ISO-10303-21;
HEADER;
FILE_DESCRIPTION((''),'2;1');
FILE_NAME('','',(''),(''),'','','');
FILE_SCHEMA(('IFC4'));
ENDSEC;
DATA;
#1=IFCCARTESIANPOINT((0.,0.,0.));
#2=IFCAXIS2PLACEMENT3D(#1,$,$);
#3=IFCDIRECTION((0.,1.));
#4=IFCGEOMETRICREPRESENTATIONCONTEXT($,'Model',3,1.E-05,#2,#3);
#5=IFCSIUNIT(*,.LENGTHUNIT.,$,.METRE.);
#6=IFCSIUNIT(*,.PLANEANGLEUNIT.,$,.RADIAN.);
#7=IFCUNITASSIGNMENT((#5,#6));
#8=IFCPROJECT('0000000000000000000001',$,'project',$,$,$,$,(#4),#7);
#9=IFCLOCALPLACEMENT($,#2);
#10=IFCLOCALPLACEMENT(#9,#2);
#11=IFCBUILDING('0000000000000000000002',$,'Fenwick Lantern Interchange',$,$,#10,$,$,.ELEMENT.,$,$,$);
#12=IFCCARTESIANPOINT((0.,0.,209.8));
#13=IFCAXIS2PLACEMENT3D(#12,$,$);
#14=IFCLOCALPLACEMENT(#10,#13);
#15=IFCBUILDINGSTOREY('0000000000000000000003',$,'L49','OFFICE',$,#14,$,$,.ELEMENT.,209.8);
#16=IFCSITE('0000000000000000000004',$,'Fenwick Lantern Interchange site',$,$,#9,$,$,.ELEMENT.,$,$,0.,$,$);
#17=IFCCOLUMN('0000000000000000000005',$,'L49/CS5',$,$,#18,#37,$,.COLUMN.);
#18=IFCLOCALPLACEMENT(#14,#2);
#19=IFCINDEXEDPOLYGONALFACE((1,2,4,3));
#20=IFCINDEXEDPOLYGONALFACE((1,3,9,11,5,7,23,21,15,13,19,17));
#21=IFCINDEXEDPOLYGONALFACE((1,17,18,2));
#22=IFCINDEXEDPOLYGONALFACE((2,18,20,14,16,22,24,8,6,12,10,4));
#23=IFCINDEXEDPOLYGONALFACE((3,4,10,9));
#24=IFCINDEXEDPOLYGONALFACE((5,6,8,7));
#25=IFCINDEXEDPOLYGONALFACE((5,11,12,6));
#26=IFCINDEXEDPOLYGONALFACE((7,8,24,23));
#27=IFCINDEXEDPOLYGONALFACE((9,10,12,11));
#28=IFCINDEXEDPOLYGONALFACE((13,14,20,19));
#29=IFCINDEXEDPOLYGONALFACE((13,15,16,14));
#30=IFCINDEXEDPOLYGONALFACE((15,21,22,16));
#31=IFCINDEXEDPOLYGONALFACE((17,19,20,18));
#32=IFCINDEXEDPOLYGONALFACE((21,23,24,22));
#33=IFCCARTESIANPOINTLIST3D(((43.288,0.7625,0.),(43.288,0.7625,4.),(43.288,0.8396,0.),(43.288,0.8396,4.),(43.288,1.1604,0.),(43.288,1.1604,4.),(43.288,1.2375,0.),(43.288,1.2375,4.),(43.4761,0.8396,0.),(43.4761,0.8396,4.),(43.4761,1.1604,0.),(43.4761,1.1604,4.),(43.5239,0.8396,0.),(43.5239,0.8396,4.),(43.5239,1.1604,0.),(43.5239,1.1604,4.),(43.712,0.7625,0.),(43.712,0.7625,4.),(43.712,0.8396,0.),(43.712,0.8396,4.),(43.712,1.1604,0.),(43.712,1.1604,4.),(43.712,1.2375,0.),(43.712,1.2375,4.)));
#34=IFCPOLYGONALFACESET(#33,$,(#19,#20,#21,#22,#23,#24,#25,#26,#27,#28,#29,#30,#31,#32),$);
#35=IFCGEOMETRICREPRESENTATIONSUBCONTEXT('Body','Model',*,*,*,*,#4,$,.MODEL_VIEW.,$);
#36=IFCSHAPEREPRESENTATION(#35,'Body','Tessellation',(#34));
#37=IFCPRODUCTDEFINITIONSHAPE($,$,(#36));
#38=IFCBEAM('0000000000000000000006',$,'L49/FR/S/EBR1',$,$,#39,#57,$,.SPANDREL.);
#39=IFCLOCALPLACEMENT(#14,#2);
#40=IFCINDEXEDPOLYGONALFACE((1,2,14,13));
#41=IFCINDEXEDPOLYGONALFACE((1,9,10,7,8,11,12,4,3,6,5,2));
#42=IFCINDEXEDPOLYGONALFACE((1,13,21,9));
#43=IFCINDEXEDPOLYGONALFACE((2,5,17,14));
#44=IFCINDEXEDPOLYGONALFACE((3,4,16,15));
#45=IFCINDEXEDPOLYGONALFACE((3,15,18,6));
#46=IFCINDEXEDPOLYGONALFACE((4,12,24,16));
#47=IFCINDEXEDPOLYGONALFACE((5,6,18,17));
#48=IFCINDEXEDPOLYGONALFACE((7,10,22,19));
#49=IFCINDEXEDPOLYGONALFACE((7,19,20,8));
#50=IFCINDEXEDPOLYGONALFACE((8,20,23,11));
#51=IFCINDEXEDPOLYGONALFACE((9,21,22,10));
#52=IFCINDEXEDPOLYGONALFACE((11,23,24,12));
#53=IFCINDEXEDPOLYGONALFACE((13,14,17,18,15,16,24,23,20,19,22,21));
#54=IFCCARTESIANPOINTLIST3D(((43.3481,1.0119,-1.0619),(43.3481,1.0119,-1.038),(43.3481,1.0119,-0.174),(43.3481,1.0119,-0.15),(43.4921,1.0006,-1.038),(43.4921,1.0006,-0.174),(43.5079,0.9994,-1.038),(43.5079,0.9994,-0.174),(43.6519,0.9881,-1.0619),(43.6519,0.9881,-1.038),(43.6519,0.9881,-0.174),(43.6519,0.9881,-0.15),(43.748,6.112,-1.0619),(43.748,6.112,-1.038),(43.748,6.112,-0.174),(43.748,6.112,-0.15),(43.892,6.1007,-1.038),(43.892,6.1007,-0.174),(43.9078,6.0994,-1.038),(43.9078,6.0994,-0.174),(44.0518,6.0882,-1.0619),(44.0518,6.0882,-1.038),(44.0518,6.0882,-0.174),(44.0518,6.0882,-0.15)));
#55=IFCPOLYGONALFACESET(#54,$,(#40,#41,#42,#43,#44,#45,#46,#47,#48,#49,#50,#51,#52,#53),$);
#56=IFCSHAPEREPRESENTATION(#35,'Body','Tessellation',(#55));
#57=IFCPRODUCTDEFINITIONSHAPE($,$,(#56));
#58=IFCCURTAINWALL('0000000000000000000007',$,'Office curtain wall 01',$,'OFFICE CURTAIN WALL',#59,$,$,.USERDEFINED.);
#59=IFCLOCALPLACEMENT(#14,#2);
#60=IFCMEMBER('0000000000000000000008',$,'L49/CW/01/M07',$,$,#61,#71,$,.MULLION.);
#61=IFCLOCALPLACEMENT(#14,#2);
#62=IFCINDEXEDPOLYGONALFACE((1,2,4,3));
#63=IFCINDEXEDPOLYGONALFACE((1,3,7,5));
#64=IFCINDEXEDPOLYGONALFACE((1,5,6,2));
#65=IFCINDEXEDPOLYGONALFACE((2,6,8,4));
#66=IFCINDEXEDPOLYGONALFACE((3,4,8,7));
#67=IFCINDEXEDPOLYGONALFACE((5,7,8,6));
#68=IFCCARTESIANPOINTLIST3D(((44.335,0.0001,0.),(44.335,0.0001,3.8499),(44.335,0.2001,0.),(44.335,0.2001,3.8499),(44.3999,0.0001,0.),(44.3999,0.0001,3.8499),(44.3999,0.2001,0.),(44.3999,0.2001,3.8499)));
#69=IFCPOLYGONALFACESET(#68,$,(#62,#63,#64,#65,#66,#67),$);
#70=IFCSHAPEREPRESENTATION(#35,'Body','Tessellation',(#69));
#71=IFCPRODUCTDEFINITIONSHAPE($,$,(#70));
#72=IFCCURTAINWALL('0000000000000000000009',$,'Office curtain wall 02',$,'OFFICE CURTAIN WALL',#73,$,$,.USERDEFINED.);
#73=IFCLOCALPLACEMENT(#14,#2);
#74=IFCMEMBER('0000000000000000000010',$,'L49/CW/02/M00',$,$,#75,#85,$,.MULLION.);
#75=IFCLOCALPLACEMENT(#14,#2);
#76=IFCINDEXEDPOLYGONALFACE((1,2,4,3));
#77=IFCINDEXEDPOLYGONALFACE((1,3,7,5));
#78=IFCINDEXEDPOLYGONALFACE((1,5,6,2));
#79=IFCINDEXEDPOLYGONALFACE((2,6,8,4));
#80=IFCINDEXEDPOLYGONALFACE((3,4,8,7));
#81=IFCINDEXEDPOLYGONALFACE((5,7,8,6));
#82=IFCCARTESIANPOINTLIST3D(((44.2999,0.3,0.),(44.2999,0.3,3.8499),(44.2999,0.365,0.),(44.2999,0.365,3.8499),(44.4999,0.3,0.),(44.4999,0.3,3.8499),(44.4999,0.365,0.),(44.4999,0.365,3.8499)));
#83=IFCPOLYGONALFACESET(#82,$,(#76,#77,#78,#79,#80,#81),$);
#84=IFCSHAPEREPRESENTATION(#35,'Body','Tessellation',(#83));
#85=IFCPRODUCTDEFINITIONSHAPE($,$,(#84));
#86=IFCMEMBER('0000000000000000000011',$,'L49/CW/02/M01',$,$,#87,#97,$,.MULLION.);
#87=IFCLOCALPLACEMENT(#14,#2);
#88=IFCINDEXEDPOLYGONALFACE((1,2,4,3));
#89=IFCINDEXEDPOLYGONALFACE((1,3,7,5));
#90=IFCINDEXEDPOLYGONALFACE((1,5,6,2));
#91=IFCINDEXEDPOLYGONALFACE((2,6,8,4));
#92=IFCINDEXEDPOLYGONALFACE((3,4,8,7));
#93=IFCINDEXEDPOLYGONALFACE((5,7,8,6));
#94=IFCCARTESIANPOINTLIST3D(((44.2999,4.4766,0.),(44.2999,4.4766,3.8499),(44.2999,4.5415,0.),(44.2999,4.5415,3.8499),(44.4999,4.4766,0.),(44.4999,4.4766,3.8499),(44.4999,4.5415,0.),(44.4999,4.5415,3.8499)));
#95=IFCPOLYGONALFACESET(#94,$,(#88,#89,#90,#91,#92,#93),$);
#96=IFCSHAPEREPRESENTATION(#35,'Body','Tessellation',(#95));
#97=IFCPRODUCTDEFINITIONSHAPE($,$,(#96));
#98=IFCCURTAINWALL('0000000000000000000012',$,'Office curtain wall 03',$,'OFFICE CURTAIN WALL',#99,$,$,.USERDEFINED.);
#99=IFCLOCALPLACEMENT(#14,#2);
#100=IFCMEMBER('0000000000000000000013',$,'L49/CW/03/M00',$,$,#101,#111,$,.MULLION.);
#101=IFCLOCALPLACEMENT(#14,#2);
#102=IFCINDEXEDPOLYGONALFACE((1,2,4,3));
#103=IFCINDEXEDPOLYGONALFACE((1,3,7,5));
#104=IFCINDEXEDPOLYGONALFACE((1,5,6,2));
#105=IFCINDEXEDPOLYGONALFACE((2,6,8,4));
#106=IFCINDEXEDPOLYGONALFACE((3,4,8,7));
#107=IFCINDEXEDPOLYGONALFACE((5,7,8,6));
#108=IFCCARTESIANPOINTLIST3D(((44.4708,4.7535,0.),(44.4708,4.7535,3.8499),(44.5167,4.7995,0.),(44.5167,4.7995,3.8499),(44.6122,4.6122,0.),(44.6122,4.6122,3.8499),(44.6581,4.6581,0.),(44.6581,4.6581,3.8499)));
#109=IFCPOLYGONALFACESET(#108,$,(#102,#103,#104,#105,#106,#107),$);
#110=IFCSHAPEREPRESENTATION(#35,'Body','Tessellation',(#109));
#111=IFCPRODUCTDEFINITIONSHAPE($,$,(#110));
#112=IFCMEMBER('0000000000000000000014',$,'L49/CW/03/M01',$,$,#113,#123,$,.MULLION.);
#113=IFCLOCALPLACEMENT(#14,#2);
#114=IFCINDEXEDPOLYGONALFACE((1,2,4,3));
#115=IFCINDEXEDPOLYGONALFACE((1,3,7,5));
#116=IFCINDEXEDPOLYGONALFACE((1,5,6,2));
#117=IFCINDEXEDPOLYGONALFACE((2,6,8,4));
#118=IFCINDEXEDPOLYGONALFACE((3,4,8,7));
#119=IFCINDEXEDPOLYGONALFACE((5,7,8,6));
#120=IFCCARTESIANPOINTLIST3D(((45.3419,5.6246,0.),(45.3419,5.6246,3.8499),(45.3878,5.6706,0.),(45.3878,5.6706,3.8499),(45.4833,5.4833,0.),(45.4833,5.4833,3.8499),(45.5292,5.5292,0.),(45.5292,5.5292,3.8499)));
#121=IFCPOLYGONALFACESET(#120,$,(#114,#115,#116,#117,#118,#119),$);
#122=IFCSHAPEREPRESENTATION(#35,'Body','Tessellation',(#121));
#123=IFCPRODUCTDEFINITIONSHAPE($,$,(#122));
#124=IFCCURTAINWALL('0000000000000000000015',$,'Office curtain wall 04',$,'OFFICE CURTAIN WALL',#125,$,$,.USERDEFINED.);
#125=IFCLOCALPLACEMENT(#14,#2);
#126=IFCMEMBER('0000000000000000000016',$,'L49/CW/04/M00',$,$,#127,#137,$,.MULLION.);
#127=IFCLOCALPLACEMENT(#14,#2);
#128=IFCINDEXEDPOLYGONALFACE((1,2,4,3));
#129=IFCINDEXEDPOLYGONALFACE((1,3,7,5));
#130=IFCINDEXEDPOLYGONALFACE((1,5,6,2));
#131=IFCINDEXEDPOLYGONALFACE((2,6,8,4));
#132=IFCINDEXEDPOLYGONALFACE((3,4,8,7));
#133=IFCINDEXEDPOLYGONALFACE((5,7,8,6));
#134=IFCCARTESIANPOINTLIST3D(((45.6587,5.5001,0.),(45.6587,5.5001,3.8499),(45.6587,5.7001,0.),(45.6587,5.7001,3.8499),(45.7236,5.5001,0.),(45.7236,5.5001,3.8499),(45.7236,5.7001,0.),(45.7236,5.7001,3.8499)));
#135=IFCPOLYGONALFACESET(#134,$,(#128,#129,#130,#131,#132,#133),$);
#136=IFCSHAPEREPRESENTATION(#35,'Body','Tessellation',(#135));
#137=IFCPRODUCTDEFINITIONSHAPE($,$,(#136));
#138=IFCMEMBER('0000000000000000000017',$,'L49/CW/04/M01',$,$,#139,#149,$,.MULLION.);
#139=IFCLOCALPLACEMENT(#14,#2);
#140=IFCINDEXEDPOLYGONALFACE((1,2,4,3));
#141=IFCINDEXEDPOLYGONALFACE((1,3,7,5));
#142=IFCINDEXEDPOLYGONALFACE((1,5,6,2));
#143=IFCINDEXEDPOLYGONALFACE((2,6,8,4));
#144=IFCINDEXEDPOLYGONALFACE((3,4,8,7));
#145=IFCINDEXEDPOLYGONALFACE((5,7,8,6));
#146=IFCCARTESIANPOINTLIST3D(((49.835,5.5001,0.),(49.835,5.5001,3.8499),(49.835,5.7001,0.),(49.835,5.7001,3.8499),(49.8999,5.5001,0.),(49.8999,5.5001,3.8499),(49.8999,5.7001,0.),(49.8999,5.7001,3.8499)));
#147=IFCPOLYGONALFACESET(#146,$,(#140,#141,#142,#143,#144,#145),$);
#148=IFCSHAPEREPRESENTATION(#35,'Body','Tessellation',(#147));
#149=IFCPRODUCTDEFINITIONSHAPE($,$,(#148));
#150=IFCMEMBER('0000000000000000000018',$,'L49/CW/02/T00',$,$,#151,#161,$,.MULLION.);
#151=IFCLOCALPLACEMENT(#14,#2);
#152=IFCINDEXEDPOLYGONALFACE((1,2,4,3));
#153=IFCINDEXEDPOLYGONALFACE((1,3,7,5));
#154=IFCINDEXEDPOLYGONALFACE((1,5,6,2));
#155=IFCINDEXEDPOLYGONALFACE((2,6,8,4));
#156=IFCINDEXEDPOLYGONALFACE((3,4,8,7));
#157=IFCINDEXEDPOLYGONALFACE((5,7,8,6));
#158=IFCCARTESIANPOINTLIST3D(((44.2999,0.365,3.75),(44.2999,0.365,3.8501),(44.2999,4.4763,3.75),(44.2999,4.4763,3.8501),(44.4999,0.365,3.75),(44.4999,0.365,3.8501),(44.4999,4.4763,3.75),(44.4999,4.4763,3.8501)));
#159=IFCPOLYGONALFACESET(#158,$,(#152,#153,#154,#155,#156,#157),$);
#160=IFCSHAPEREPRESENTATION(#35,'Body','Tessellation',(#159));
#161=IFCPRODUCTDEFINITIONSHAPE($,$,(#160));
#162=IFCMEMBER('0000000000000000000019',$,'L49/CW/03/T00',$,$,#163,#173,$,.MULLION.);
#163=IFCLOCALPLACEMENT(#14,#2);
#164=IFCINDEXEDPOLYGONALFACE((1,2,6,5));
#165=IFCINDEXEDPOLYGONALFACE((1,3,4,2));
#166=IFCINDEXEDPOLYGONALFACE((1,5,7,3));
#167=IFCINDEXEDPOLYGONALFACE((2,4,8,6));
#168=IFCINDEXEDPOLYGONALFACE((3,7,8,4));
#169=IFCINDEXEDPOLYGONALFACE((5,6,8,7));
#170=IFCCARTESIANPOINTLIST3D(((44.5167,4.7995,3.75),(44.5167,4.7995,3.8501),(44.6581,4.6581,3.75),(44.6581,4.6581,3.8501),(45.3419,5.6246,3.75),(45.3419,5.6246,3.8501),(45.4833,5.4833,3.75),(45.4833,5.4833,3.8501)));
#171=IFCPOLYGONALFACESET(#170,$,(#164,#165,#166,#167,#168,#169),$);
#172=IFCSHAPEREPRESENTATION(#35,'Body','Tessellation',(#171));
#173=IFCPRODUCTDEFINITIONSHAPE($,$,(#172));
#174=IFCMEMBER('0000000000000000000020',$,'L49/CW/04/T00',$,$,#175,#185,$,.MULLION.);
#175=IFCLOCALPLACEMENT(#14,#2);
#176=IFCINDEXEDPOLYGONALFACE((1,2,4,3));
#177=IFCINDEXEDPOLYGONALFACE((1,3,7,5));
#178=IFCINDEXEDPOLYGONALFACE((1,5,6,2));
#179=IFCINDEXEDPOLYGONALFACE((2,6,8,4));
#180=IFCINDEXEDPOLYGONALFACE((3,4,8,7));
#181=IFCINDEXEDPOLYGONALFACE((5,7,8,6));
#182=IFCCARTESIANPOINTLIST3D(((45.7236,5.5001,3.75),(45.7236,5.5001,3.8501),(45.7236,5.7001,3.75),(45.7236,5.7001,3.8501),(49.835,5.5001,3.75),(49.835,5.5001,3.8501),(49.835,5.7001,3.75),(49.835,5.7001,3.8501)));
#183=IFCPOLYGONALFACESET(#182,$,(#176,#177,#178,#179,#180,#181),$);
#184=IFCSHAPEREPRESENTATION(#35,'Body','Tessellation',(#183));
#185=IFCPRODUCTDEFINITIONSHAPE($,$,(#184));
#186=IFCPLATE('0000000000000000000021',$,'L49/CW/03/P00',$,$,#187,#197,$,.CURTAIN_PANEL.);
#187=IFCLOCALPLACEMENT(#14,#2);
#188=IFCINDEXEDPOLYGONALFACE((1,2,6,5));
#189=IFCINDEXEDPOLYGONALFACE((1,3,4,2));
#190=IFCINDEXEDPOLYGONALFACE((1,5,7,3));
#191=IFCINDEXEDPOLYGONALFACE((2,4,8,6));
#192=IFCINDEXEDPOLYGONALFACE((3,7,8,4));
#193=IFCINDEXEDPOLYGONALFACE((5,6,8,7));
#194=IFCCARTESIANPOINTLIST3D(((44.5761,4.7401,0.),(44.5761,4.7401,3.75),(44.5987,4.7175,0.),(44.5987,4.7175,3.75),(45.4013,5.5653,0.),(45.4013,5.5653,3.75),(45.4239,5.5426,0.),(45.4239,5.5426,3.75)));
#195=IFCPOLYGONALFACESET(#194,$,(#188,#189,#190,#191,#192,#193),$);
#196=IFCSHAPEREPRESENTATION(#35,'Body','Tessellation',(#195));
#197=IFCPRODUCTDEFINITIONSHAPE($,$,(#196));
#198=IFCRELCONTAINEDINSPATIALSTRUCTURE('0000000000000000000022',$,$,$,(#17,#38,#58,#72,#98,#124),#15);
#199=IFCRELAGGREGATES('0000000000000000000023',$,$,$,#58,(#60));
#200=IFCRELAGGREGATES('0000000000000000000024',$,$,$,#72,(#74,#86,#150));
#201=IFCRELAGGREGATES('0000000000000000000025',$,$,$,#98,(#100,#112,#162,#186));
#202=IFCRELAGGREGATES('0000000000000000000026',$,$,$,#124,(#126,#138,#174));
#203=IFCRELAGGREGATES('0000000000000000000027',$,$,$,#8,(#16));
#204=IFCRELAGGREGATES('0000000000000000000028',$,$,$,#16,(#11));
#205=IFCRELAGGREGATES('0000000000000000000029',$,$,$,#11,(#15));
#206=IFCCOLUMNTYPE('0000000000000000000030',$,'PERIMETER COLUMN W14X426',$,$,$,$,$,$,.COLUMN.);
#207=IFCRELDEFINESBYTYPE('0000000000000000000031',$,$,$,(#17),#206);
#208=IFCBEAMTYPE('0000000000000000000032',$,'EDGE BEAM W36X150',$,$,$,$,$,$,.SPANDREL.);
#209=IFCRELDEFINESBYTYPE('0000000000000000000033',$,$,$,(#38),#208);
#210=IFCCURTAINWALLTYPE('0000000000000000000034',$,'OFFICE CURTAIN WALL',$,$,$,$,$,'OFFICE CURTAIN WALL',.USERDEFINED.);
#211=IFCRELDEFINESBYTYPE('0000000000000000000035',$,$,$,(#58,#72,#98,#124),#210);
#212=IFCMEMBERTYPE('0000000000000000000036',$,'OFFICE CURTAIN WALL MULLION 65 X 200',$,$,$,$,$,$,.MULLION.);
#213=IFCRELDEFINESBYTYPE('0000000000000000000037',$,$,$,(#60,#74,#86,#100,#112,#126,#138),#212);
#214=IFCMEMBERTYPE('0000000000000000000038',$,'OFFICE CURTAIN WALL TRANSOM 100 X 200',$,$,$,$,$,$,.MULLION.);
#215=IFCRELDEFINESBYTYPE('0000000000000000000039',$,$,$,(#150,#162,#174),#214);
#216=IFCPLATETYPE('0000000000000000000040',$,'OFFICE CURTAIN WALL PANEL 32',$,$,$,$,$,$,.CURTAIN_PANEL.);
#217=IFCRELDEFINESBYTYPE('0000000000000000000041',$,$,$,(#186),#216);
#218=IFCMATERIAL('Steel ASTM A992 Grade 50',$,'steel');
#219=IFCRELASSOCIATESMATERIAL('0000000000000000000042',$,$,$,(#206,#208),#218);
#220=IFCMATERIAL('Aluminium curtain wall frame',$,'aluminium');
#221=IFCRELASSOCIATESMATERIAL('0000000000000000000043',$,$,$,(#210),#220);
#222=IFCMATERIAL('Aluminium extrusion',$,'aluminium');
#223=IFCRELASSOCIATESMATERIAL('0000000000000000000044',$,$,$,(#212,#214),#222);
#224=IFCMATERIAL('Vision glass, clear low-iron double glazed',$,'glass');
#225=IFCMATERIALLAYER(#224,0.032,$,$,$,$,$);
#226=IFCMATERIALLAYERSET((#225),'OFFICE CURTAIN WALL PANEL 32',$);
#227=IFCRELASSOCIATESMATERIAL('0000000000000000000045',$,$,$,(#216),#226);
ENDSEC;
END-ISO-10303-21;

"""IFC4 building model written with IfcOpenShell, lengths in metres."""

from ifc_helpers import new_model, si_unit, direction, frame, origin, origin_2d, place, context, subcontext, project, spatial, rectangle, i_section, extrude, material, layer, layer_set, material_profile, profile_set, type_object, element, aggregate, save


model = new_model("IFC4")

# Units and contexts
model_context = context("Model", 3, precision=1e-05, world=origin(), true_north=direction((0.0, 1.0)))
body_context = subcontext(model_context, "Body", "Model", "MODEL_VIEW")
ifc_project = project(units=[si_unit("LENGTHUNIT", "METRE"), si_unit("PLANEANGLEUNIT", "RADIAN")], contexts=[model_context])

# Site, building, storey
site_placement = place(None, origin())
site = spatial("IfcSite", under=ifc_project, at=site_placement, Name="Fenwick Lantern Interchange site", CompositionType="ELEMENT", RefElevation=0.0)
building_placement = place(site_placement, origin())
building = spatial("IfcBuilding", under=site, at=building_placement, Name="Fenwick Lantern Interchange", CompositionType="ELEMENT")
storey_placement = place(building_placement, frame((0.0, 0.0, 209.8)))
storey = spatial("IfcBuildingStorey", under=building, at=storey_placement, Name="L49", Description="OFFICE", CompositionType="ELEMENT", Elevation=209.8)

# Column
ifc_material_1 = material(Name="Steel ASTM A992 Grade 50", Category="steel")
ifc_material_profile_1 = material_profile(ifc_material_1, i_section(OverallWidth=0.4241, OverallDepth=0.4751, WebThickness=0.0479, FlangeThickness=0.0771, at=origin_2d()), Name="W14X426")
ifc_profile_set_1 = profile_set([ifc_material_profile_1], Name="Steel ASTM A992 Grade 50")
column_type = type_object("IfcColumnType", Name="PERIMETER COLUMN W14X426", PredefinedType="COLUMN", material=ifc_profile_set_1)
column_placement = place(storey_placement, frame((43.5, 1.0, 0.0), z_axis=(0.0, 0.0, 1.0), x_axis=(1.0, 0.0, 0.0)))
element("IfcColumn", 1, at=column_placement, inside=storey, type_object=column_type, Name="L49/CS5", PredefinedType="COLUMN", context=body_context, shape_type="SweptSolid", body=[
    extrude(i_section(OverallWidth=0.4241, OverallDepth=0.4751, WebThickness=0.0479, FlangeThickness=0.0771, at=origin_2d()), origin(), (0.0, 0.0, 1.0), 4.0),
])

# Beam
ifc_material_profile_2 = material_profile(ifc_material_1, i_section(OverallWidth=0.3047, OverallDepth=0.9119, WebThickness=0.0159, FlangeThickness=0.0239, at=origin_2d()), Name="W36X150")
ifc_profile_set_2 = profile_set([ifc_material_profile_2], Name="Steel ASTM A992 Grade 50")
beam_type = type_object("IfcBeamType", Name="EDGE BEAM W36X150", PredefinedType="SPANDREL", material=ifc_profile_set_2)
beam_placement = place(storey_placement, frame((43.5, 1.0, -0.606), z_axis=(0.078171, 0.99694, 0.0), x_axis=(-0.99694, 0.078171, 0.0)))
element("IfcBeam", 2, at=beam_placement, inside=storey, type_object=beam_type, Name="L49/FR/S/EBR1", PredefinedType="SPANDREL", context=body_context, shape_type="SweptSolid", body=[
    extrude(i_section(OverallWidth=0.3047, OverallDepth=0.9119, WebThickness=0.0159, FlangeThickness=0.0239, at=origin_2d()), origin(), (0.0, 0.0, 1.0), 5.1157),
])

# Curtain wall, member
ifc_material_2 = material(Name="Aluminium curtain wall frame", Category="aluminium")
curtain_wall_type = type_object("IfcCurtainWallType", Name="OFFICE CURTAIN WALL", ElementType="OFFICE CURTAIN WALL", PredefinedType="USERDEFINED", material=ifc_material_2)
curtain_wall_1_placement = place(storey_placement, origin())
curtain_wall_1 = element("IfcCurtainWall", 3, at=curtain_wall_1_placement, inside=storey, type_object=curtain_wall_type, Name="Office curtain wall 01", ObjectType="OFFICE CURTAIN WALL", PredefinedType="USERDEFINED")
ifc_material_3 = material(Name="Aluminium extrusion", Category="aluminium")
ifc_material_profile_3 = material_profile(ifc_material_3, rectangle(XDim=0.2, YDim=0.0649, at=origin_2d()), Name="OFFICE CURTAIN WALL MULLION 65 X 200")
ifc_profile_set_3 = profile_set([ifc_material_profile_3], Name="Aluminium extrusion")
member_type_1 = type_object("IfcMemberType", Name="OFFICE CURTAIN WALL MULLION 65 X 200", PredefinedType="MULLION", material=ifc_profile_set_3)
member_1_placement = place(storey_placement, frame((44.3674, 0.1001, 0.0), z_axis=(0.0, 0.0, 1.0), x_axis=(0.0, 1.0, 0.0)))
member_1 = element("IfcMember", 4, at=member_1_placement, type_object=member_type_1, Name="L49/CW/01/M07", PredefinedType="MULLION", context=body_context, shape_type="SweptSolid", body=[
    extrude(rectangle(XDim=0.2, YDim=0.0649, at=origin_2d()), origin(), (0.0, 0.0, 1.0), 3.8499),
])
aggregate(curtain_wall_1, [member_1])

# Curtain walls, members
curtain_wall_2_placement = place(storey_placement, origin())
curtain_wall_2 = element("IfcCurtainWall", 5, at=curtain_wall_2_placement, inside=storey, type_object=curtain_wall_type, Name="Office curtain wall 02", ObjectType="OFFICE CURTAIN WALL", PredefinedType="USERDEFINED")
member_2_placement = place(storey_placement, frame((44.3999, 0.3325, 0.0), z_axis=(0.0, 0.0, 1.0), x_axis=(-1.0, 0.0, 0.0)))
member_2 = element("IfcMember", 6, at=member_2_placement, type_object=member_type_1, Name="L49/CW/02/M00", PredefinedType="MULLION", context=body_context, shape_type="SweptSolid", body=[
    extrude(rectangle(XDim=0.2, YDim=0.0649, at=origin_2d()), origin(), (0.0, 0.0, 1.0), 3.8499),
])
member_3_placement = place(storey_placement, frame((44.3999, 4.509, 0.0), z_axis=(0.0, 0.0, 1.0), x_axis=(-1.0, 0.0, 0.0)))
member_3 = element("IfcMember", 7, at=member_3_placement, type_object=member_type_1, Name="L49/CW/02/M01", PredefinedType="MULLION", context=body_context, shape_type="SweptSolid", body=[
    extrude(rectangle(XDim=0.2, YDim=0.0649, at=origin_2d()), origin(), (0.0, 0.0, 1.0), 3.8499),
])
curtain_wall_3_placement = place(storey_placement, origin())
curtain_wall_3 = element("IfcCurtainWall", 8, at=curtain_wall_3_placement, inside=storey, type_object=curtain_wall_type, Name="Office curtain wall 03", ObjectType="OFFICE CURTAIN WALL", PredefinedType="USERDEFINED")
member_4_placement = place(storey_placement, frame((44.5645, 4.7058, 0.0), z_axis=(0.0, 0.0, 1.0), x_axis=(-0.707107, 0.707107, 0.0)))
member_4 = element("IfcMember", 9, at=member_4_placement, type_object=member_type_1, Name="L49/CW/03/M00", PredefinedType="MULLION", context=body_context, shape_type="SweptSolid", body=[
    extrude(rectangle(XDim=0.2, YDim=0.0649, at=origin_2d()), origin(), (0.0, 0.0, 1.0), 3.8499),
])
member_5_placement = place(storey_placement, frame((45.4355, 5.5769, 0.0), z_axis=(0.0, 0.0, 1.0), x_axis=(-0.707107, 0.707107, 0.0)))
member_5 = element("IfcMember", 10, at=member_5_placement, type_object=member_type_1, Name="L49/CW/03/M01", PredefinedType="MULLION", context=body_context, shape_type="SweptSolid", body=[
    extrude(rectangle(XDim=0.2, YDim=0.0649, at=origin_2d()), origin(), (0.0, 0.0, 1.0), 3.8499),
])
curtain_wall_4_placement = place(storey_placement, origin())
curtain_wall_4 = element("IfcCurtainWall", 11, at=curtain_wall_4_placement, inside=storey, type_object=curtain_wall_type, Name="Office curtain wall 04", ObjectType="OFFICE CURTAIN WALL", PredefinedType="USERDEFINED")
member_6_placement = place(storey_placement, frame((45.6912, 5.6001, 0.0), z_axis=(0.0, 0.0, 1.0), x_axis=(0.0, 1.0, 0.0)))
member_6 = element("IfcMember", 12, at=member_6_placement, type_object=member_type_1, Name="L49/CW/04/M00", PredefinedType="MULLION", context=body_context, shape_type="SweptSolid", body=[
    extrude(rectangle(XDim=0.2, YDim=0.0649, at=origin_2d()), origin(), (0.0, 0.0, 1.0), 3.8499),
])
member_7_placement = place(storey_placement, frame((49.8674, 5.6001, 0.0), z_axis=(0.0, 0.0, 1.0), x_axis=(0.0, 1.0, 0.0)))
member_7 = element("IfcMember", 13, at=member_7_placement, type_object=member_type_1, Name="L49/CW/04/M01", PredefinedType="MULLION", context=body_context, shape_type="SweptSolid", body=[
    extrude(rectangle(XDim=0.2, YDim=0.0649, at=origin_2d()), origin(), (0.0, 0.0, 1.0), 3.8499),
])

# Members
ifc_material_profile_4 = material_profile(ifc_material_3, rectangle(XDim=0.2, YDim=0.1001, at=origin_2d()), Name="OFFICE CURTAIN WALL TRANSOM 100 X 200")
ifc_profile_set_4 = profile_set([ifc_material_profile_4], Name="Aluminium extrusion")
member_type_2 = type_object("IfcMemberType", Name="OFFICE CURTAIN WALL TRANSOM 100 X 200", PredefinedType="MULLION", material=ifc_profile_set_4)
member_8_placement = place(storey_placement, frame((44.3999, 0.365, 3.8), z_axis=(0.0, 1.0, 0.0), x_axis=(-1.0, 0.0, 0.0)))
member_8 = element("IfcMember", 14, at=member_8_placement, type_object=member_type_2, Name="L49/CW/02/T00", PredefinedType="MULLION", context=body_context, shape_type="SweptSolid", body=[
    extrude(rectangle(XDim=0.2, YDim=0.1001, at=origin_2d()), origin(), (0.0, 0.0, 1.0), 4.1113),
])
member_9_placement = place(storey_placement, frame((44.5874, 4.7288, 3.8), z_axis=(0.707107, 0.707107, 0.0), x_axis=(-0.707107, 0.707107, 0.0)))
member_9 = element("IfcMember", 15, at=member_9_placement, type_object=member_type_2, Name="L49/CW/03/T00", PredefinedType="MULLION", context=body_context, shape_type="SweptSolid", body=[
    extrude(rectangle(XDim=0.2, YDim=0.1001, at=origin_2d()), origin(), (0.0, 0.0, 1.0), 1.167),
])
member_10_placement = place(storey_placement, frame((45.7236, 5.6001, 3.8), z_axis=(1.0, 0.0, 0.0), x_axis=(0.0, 1.0, 0.0)))
member_10 = element("IfcMember", 16, at=member_10_placement, type_object=member_type_2, Name="L49/CW/04/T00", PredefinedType="MULLION", context=body_context, shape_type="SweptSolid", body=[
    extrude(rectangle(XDim=0.2, YDim=0.1001, at=origin_2d()), origin(), (0.0, 0.0, 1.0), 4.1113),
])

# Plate
ifc_material_4 = material(Name="Vision glass, clear low-iron double glazed", Category="glass")
ifc_layer_1 = layer(ifc_material_4, 0.032)
ifc_layer_set_1 = layer_set([ifc_layer_1], Name="OFFICE CURTAIN WALL PANEL 32")
plate_type = type_object("IfcPlateType", Name="OFFICE CURTAIN WALL PANEL 32", PredefinedType="CURTAIN_PANEL", material=ifc_layer_set_1)
aggregate(curtain_wall_2, [member_2, member_3, member_8])
plate_1_placement = place(storey_placement, frame((45.0, 5.1414, 0.0), z_axis=(0.0, 0.0, 1.0), x_axis=(0.707107, 0.707107, 0.0)))
plate_1 = element("IfcPlate", 17, at=plate_1_placement, type_object=plate_type, Name="L49/CW/03/P00", PredefinedType="CURTAIN_PANEL", context=body_context, shape_type="SweptSolid", body=[
    extrude(rectangle(XDim=1.167, YDim=0.032, at=origin_2d()), origin(), (0.0, 0.0, 1.0), 3.75),
])
aggregate(curtain_wall_3, [member_4, member_5, member_9, plate_1])
aggregate(curtain_wall_4, [member_6, member_7, member_10])

save(model, "model.ifc")
